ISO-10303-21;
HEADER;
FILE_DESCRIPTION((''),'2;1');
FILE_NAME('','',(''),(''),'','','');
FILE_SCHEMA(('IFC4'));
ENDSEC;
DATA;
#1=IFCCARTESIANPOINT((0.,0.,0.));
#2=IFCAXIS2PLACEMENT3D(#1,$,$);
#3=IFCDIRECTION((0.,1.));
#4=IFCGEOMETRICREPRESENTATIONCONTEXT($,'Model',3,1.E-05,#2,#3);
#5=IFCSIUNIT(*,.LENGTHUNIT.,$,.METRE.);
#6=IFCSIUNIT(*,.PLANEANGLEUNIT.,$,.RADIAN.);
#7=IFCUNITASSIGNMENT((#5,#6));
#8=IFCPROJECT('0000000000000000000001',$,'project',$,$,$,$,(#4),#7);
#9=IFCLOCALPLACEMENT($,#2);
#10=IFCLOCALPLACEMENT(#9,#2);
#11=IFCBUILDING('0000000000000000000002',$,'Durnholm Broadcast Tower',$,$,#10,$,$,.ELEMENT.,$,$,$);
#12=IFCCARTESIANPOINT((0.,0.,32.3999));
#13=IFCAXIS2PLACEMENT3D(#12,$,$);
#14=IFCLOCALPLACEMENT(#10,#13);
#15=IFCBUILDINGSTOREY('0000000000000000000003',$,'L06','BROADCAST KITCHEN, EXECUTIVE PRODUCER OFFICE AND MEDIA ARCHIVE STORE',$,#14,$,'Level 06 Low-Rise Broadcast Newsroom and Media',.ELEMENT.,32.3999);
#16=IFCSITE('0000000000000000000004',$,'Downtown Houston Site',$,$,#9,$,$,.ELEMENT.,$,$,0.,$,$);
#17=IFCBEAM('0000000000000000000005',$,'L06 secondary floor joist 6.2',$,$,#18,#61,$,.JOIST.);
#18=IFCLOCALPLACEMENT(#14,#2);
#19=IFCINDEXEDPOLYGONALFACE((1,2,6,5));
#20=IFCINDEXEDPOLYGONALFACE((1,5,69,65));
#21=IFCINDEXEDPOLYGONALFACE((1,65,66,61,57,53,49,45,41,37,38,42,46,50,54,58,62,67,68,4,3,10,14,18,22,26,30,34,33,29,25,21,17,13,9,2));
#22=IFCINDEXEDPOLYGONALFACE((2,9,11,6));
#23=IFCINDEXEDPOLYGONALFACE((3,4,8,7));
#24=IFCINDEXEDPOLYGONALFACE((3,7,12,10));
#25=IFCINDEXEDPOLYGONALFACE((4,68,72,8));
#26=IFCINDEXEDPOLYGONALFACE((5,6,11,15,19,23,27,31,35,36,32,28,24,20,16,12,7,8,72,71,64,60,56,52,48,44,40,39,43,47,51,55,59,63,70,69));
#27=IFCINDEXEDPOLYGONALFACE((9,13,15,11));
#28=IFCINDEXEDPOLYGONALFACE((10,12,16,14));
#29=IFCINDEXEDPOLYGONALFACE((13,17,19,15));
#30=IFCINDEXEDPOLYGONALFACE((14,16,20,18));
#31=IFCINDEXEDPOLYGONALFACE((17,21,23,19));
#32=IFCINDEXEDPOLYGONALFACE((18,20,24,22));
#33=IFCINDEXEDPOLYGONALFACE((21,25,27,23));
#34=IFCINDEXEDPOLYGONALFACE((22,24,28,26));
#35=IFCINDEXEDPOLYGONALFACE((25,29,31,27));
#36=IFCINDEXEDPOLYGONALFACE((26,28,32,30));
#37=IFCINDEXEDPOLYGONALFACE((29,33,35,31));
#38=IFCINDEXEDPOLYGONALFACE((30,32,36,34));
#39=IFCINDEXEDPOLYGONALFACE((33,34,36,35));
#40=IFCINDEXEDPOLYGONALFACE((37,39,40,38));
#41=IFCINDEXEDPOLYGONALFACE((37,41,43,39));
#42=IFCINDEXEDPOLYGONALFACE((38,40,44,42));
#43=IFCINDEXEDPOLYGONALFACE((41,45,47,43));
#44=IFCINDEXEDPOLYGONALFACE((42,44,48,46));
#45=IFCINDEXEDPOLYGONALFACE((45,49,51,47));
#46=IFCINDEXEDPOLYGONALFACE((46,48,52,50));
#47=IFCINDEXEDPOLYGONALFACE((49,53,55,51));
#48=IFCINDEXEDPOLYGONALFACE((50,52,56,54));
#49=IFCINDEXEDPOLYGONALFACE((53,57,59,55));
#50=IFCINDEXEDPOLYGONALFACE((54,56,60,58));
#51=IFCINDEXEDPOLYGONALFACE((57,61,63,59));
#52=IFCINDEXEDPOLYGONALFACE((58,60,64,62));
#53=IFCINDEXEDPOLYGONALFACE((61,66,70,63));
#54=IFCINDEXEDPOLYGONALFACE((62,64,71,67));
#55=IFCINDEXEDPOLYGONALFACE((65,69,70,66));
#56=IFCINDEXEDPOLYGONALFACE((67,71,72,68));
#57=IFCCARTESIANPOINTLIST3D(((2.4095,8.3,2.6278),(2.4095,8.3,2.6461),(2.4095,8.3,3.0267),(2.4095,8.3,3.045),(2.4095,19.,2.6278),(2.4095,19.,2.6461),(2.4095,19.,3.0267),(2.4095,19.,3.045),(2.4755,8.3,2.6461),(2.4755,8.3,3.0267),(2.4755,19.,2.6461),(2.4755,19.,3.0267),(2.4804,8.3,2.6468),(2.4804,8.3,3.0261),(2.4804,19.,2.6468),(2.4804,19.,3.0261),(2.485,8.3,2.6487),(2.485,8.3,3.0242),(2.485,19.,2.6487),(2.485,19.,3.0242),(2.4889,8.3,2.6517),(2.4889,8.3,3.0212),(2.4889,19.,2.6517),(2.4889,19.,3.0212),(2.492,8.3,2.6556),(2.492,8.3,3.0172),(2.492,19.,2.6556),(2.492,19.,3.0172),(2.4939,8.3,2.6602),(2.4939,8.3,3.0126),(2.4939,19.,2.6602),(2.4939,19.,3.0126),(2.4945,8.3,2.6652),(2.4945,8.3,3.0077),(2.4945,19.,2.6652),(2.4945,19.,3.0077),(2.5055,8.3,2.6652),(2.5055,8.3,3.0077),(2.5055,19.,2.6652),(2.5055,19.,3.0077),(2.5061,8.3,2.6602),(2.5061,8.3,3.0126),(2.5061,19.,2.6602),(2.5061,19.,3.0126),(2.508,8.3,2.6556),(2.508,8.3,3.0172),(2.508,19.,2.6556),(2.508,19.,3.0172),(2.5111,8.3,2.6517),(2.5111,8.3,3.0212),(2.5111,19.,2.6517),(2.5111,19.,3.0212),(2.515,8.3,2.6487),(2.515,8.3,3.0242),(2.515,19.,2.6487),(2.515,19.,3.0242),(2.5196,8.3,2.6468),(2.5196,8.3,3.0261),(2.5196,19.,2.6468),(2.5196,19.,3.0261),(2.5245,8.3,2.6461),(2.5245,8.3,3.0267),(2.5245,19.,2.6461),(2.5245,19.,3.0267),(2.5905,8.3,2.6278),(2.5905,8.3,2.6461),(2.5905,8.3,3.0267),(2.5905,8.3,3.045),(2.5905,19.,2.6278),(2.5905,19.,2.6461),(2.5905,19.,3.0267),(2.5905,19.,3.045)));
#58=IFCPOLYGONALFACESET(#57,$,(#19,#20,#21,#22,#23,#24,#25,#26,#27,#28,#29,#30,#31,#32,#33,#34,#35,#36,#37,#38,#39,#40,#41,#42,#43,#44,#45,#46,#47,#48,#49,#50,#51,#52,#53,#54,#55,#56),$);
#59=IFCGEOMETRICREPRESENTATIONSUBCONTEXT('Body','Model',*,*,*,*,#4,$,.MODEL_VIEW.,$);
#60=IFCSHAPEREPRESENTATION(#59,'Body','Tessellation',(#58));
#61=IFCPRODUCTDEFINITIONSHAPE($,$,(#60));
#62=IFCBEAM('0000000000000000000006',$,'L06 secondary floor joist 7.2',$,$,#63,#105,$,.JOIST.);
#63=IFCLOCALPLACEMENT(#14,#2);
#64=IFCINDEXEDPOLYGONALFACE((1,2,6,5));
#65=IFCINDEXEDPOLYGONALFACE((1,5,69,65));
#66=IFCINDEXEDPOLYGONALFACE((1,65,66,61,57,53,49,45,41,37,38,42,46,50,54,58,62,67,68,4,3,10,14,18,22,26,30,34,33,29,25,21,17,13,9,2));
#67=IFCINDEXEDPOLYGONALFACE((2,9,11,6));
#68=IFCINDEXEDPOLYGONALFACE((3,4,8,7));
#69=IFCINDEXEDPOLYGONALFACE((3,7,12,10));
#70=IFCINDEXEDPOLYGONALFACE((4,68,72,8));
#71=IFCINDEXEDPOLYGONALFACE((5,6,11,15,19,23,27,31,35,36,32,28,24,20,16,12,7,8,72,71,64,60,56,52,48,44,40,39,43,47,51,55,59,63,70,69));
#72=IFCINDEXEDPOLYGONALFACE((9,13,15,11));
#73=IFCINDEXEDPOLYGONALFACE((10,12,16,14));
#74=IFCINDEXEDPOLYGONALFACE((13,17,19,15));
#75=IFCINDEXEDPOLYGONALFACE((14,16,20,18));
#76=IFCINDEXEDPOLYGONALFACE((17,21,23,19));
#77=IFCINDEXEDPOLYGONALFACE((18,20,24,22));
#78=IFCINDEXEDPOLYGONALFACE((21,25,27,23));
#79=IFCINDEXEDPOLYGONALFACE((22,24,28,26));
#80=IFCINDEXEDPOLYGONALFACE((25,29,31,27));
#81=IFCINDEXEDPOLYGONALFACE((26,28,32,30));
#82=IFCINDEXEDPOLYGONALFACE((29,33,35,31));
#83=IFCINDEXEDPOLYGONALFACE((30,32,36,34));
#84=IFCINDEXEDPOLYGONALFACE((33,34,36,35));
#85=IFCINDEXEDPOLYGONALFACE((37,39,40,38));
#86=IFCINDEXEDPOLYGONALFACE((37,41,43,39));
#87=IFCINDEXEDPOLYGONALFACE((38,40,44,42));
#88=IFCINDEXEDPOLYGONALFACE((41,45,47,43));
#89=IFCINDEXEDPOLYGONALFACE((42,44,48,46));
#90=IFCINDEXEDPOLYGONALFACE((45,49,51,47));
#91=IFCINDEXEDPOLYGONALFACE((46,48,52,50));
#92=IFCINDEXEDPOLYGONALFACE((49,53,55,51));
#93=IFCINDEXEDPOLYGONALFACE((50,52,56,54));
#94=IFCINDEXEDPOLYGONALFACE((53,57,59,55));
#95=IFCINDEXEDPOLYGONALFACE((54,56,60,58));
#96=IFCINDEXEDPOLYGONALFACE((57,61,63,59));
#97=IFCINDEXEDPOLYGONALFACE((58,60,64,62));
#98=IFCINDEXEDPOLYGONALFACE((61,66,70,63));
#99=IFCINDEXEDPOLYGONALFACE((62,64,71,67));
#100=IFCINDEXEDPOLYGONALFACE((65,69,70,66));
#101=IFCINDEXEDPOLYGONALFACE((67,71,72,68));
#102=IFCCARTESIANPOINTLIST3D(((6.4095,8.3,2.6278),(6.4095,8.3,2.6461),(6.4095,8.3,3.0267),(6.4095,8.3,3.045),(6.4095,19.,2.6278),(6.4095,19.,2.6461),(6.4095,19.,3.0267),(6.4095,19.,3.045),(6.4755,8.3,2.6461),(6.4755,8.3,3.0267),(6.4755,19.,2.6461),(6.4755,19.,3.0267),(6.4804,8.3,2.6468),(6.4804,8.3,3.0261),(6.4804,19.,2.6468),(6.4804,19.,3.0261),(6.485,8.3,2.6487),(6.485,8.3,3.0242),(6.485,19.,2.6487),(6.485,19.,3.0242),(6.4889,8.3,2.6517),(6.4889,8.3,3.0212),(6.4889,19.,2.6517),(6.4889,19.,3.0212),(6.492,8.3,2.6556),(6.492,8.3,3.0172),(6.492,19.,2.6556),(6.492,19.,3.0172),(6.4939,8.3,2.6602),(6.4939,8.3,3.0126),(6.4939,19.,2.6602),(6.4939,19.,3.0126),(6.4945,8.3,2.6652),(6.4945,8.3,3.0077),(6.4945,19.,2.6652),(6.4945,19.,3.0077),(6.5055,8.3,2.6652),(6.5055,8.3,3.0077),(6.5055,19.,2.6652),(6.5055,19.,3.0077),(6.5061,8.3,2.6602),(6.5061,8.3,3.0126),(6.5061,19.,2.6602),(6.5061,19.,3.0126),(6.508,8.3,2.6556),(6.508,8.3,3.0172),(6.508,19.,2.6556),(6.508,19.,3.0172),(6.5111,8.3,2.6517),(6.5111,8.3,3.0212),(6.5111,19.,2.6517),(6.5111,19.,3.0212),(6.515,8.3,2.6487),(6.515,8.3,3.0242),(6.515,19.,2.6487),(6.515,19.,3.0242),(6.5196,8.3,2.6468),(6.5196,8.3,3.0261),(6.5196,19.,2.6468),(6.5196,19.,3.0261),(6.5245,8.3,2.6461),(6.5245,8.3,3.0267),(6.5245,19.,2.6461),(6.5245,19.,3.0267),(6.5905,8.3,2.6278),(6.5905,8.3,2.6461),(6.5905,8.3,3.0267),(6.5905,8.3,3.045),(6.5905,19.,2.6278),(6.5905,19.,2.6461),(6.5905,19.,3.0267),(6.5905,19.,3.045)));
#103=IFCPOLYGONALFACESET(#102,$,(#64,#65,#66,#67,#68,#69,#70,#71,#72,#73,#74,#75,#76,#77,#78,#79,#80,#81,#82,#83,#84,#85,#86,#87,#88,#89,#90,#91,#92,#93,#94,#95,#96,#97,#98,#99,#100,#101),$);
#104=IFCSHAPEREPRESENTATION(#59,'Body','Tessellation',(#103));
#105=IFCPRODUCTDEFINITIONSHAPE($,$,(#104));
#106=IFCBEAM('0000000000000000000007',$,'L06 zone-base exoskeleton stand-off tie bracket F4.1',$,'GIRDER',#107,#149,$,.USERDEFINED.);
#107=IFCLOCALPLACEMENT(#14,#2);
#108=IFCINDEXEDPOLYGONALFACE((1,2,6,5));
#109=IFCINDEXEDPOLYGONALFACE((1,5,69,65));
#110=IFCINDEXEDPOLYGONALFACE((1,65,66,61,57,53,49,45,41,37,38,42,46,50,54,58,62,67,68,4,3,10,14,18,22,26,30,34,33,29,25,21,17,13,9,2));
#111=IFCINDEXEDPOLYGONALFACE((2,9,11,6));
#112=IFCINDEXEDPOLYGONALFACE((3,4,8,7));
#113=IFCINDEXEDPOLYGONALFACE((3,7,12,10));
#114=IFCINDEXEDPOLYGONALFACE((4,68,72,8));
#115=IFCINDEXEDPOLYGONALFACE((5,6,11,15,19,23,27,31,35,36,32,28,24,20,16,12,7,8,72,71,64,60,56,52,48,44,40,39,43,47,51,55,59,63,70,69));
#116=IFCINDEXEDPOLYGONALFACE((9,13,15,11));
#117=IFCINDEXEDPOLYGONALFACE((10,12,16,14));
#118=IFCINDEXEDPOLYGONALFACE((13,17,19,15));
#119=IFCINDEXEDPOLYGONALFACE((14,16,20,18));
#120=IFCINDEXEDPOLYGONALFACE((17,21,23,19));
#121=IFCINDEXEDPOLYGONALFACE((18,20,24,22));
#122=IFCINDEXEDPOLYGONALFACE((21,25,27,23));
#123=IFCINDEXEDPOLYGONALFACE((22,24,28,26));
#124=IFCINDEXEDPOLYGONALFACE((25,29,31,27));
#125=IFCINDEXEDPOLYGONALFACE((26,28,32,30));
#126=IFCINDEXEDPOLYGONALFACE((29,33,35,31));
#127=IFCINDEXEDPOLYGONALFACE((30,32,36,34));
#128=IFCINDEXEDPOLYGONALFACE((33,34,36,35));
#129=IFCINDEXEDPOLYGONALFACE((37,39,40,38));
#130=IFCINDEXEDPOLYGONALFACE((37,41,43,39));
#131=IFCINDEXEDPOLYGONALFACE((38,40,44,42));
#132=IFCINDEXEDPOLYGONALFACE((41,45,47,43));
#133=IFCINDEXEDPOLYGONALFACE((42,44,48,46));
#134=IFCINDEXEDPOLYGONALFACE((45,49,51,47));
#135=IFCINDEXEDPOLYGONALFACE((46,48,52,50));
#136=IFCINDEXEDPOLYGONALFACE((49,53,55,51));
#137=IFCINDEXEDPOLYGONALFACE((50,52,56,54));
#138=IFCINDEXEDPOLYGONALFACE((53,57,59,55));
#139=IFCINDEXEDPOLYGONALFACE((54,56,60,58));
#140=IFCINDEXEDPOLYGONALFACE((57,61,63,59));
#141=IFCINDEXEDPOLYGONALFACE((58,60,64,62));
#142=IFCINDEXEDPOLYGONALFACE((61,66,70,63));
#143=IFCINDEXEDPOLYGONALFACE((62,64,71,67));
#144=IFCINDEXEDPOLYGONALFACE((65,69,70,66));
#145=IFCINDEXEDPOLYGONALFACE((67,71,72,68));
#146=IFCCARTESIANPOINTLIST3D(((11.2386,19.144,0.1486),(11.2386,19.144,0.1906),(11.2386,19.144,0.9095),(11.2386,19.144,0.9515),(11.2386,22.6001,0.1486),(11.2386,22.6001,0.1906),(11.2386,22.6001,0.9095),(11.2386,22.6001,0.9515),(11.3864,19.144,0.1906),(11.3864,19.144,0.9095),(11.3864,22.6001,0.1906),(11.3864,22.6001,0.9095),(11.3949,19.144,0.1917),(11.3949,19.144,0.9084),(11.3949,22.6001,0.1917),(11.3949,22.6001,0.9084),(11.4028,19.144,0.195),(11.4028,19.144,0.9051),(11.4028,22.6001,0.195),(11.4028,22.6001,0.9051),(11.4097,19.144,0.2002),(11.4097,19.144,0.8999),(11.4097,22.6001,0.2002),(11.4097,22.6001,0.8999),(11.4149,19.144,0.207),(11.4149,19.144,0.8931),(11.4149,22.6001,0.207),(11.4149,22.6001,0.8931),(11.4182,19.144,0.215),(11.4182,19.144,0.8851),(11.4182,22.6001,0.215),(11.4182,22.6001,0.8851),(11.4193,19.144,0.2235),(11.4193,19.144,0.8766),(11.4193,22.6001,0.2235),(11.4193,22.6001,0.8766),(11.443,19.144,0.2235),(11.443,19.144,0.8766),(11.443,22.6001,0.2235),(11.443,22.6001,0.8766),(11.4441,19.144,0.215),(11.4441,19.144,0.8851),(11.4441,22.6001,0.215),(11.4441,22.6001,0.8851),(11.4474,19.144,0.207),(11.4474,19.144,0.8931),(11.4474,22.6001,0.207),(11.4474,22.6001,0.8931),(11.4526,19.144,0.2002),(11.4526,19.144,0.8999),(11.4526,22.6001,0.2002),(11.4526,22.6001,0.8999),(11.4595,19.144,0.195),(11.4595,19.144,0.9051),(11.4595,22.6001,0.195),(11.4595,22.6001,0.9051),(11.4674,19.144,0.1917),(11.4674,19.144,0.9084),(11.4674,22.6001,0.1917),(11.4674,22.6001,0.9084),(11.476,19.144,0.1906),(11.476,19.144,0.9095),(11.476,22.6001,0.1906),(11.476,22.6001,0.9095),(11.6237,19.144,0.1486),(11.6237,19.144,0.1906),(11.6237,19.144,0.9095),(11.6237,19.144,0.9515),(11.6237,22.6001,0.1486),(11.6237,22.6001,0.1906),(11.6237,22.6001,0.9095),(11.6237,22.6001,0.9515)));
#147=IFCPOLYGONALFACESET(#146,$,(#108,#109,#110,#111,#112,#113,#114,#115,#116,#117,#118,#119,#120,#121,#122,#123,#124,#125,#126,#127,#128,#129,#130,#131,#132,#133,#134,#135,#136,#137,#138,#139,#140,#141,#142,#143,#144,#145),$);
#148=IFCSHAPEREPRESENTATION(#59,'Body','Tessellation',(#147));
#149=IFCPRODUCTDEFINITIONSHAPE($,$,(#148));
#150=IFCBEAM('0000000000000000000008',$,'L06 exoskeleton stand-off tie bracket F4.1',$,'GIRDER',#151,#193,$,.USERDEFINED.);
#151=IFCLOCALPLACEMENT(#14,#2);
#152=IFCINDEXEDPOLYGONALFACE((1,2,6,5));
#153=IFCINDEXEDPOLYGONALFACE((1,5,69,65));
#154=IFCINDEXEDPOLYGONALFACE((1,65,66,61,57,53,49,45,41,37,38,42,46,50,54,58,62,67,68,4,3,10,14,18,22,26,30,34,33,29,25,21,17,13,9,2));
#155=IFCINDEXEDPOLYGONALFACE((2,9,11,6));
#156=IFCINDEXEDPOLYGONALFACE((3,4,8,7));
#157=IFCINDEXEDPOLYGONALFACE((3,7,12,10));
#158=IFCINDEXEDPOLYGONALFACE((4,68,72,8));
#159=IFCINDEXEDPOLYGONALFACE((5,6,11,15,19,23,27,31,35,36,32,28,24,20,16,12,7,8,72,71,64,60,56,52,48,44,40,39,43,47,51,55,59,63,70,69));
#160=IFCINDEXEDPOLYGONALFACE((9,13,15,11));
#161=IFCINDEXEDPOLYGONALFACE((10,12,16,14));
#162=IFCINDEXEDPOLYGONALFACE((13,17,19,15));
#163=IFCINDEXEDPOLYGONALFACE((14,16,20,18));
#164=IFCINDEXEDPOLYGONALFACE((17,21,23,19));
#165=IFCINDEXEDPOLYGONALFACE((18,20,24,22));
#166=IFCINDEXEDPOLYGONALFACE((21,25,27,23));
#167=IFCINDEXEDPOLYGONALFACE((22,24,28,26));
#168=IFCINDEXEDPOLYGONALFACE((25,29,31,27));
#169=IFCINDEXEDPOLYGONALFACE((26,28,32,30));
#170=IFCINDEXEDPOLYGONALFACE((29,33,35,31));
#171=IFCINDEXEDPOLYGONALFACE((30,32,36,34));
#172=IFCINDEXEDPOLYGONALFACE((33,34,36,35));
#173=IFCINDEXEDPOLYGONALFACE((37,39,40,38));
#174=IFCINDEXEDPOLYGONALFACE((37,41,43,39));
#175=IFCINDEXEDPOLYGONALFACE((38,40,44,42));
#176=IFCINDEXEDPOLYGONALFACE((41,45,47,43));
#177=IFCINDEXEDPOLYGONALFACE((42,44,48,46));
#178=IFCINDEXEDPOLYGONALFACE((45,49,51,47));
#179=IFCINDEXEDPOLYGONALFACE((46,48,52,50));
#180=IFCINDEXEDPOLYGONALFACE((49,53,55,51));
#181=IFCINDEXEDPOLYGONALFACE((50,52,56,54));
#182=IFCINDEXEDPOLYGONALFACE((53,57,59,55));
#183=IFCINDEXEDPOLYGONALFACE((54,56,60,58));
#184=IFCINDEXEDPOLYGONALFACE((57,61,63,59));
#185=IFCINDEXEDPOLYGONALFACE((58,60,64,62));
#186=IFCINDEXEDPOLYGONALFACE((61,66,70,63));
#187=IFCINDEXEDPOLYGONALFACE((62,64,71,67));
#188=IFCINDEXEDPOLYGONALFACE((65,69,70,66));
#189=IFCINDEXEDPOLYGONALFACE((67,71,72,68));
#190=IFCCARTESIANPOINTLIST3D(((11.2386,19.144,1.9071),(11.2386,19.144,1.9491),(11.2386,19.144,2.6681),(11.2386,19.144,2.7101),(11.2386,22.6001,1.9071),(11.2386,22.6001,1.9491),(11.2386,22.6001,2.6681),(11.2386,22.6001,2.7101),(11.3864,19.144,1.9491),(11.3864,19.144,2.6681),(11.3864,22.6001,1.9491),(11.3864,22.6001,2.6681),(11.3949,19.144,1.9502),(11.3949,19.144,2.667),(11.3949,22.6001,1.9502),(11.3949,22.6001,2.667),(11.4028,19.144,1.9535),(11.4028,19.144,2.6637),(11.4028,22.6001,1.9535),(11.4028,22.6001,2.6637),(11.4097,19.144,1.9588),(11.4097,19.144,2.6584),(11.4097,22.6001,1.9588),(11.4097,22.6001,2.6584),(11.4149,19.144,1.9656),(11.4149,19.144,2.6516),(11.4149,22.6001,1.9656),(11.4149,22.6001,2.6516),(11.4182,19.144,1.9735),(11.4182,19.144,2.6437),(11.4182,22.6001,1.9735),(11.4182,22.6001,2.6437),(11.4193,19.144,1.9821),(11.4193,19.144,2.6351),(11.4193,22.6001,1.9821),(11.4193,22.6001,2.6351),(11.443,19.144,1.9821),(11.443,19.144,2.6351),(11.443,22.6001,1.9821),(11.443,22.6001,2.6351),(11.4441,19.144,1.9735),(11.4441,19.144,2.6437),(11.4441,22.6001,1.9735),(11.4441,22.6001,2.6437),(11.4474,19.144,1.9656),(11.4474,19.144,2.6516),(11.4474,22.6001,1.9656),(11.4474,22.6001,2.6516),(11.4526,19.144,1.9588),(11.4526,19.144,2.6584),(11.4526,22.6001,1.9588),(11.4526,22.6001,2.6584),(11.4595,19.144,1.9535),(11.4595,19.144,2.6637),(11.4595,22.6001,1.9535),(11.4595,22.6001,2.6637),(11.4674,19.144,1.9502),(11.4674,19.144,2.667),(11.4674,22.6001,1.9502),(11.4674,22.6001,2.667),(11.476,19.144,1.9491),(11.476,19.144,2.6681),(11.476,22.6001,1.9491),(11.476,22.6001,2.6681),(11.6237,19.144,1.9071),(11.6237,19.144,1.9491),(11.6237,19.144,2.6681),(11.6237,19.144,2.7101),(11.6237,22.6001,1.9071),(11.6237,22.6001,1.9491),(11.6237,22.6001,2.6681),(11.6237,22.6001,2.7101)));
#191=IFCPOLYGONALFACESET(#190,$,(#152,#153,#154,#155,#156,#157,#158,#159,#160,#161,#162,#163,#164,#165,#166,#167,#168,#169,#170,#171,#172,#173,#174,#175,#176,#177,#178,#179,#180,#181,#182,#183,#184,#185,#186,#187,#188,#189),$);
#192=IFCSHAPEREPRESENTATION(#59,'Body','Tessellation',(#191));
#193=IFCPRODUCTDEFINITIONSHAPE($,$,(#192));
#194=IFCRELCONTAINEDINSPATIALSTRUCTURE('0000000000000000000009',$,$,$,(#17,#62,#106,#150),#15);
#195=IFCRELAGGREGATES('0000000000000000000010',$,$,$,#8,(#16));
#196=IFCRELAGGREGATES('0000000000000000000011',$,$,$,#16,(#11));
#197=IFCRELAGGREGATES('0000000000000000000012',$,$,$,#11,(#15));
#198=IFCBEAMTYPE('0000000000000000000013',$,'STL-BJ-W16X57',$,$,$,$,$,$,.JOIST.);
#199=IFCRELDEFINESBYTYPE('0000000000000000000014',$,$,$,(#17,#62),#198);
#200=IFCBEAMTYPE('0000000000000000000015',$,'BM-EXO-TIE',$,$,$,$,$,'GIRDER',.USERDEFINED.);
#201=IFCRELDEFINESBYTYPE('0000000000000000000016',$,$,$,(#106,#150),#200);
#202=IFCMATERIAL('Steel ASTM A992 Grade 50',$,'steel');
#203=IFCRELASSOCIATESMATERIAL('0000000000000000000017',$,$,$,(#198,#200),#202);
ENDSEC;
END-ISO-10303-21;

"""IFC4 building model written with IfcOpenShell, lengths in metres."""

from ifc_helpers import new_model, si_unit, direction, frame, origin, origin_2d, place, context, subcontext, project, spatial, i_section, extrude, source, transform, mapped, material, material_profile, profile_set, type_object, type_shapes, element, save


model = new_model("IFC4")

# Units and contexts
model_context = context("Model", 3, precision=1e-05, world=origin(), true_north=direction((0.0, 1.0)))
body_context = subcontext(model_context, "Body", "Model", "MODEL_VIEW")
ifc_project = project(units=[si_unit("LENGTHUNIT", "METRE"), si_unit("PLANEANGLEUNIT", "RADIAN")], contexts=[model_context])

# Site, building, storey
site_placement = place(None, origin())
site = spatial("IfcSite", under=ifc_project, at=site_placement, Name="Downtown Houston Site", CompositionType="ELEMENT", RefElevation=0.0)
building_placement = place(site_placement, origin())
building = spatial("IfcBuilding", under=site, at=building_placement, Name="Durnholm Broadcast Tower", CompositionType="ELEMENT")
storey_placement = place(building_placement, frame((0.0, 0.0, 32.3999)))
storey = spatial("IfcBuildingStorey", under=building, at=storey_placement, Name="L06", Description="BROADCAST KITCHEN, EXECUTIVE PRODUCER OFFICE AND MEDIA ARCHIVE STORE", LongName="Level 06 Low-Rise Broadcast Newsroom and Media", CompositionType="ELEMENT", Elevation=32.3999)

# Beams
ifc_material_1 = material(Name="Steel ASTM A992 Grade 50", Category="steel")
ifc_material_profile_1 = material_profile(ifc_material_1, i_section(OverallWidth=0.1809, OverallDepth=0.4172, WebThickness=0.011, FlangeThickness=0.0183, FilletRadius=0.019, at=origin_2d()), Name="W16X57")
ifc_profile_set_1 = profile_set([ifc_material_profile_1], Name="Steel ASTM A992 Grade 50")
beam_type_1 = type_object("IfcBeamType", Name="STL-BJ-W16X57", PredefinedType="JOIST", material=ifc_profile_set_1)
shared_shape_1 = source(origin(), body_context, "Body", "SweptSolid", [
    extrude(i_section(OverallWidth=0.1809, OverallDepth=0.4172, WebThickness=0.011, FlangeThickness=0.0183, FilletRadius=0.019, at=origin_2d()), origin(), (0.0, 0.0, 1.0), 10.7),
])
type_shapes(beam_type_1, [shared_shape_1])
for number, where, z_axis, x_axis, name in (
    (1, (2.5, 8.3, 2.8364), (0.0, 1.0, 0.0), (-1.0, 0.0, 0.0), "L06 secondary floor joist 6.2"),
    (2, (6.5, 8.3, 2.8364), (0.0, 1.0, 0.0), (-1.0, 0.0, 0.0), "L06 secondary floor joist 7.2"),
):
    element("IfcBeam", number, at=place(storey_placement, frame(where, z_axis=z_axis, x_axis=x_axis)), inside=storey, type_object=beam_type_1, Name=name, PredefinedType="JOIST", context=body_context, shape_type="MappedRepresentation", body=[
        mapped(shared_shape_1, transform((0.0, 0.0, 0.0), x_axis=(1.0, 0.0, 0.0), y_axis=(0.0, 1.0, 0.0), z_axis=(0.0, 0.0, 1.0), scale=1.0)),
    ])
ifc_material_profile_2 = material_profile(ifc_material_1, i_section(OverallWidth=0.385, OverallDepth=0.803, WebThickness=0.0237, FlangeThickness=0.042, FilletRadius=0.033, at=origin_2d()), Name="W30X261")
ifc_profile_set_2 = profile_set([ifc_material_profile_2], Name="Steel ASTM A992 Grade 50")
beam_type_2 = type_object("IfcBeamType", Name="BM-EXO-TIE", ElementType="GIRDER", PredefinedType="USERDEFINED", material=ifc_profile_set_2)
shared_shape_2 = source(origin(), body_context, "Body", "SweptSolid", [
    extrude(i_section(OverallWidth=0.385, OverallDepth=0.803, WebThickness=0.0237, FlangeThickness=0.042, FilletRadius=0.033, at=origin_2d()), origin(), (0.0, 0.0, 1.0), 3.4561),
])
for number, where, z_axis, x_axis, name in (
    (3, (11.4312, 19.144, 0.55), (0.0, 1.0, 0.0), (-1.0, 0.0, 0.0), "L06 zone-base exoskeleton stand-off tie bracket F4.1"),
    (4, (11.4312, 19.144, 2.3086), (0.0, 1.0, 0.0), (-1.0, 0.0, 0.0), "L06 exoskeleton stand-off tie bracket F4.1"),
):
    element("IfcBeam", number, at=place(storey_placement, frame(where, z_axis=z_axis, x_axis=x_axis)), inside=storey, type_object=beam_type_2, Name=name, ObjectType="GIRDER", PredefinedType="USERDEFINED", context=body_context, shape_type="MappedRepresentation", body=[
        mapped(shared_shape_2, transform((0.0, 0.0, 0.0), x_axis=(1.0, 0.0, 0.0), y_axis=(0.0, 1.0, 0.0), z_axis=(0.0, 0.0, 1.0), scale=1.0)),
    ])

save(model, "model.ifc")
